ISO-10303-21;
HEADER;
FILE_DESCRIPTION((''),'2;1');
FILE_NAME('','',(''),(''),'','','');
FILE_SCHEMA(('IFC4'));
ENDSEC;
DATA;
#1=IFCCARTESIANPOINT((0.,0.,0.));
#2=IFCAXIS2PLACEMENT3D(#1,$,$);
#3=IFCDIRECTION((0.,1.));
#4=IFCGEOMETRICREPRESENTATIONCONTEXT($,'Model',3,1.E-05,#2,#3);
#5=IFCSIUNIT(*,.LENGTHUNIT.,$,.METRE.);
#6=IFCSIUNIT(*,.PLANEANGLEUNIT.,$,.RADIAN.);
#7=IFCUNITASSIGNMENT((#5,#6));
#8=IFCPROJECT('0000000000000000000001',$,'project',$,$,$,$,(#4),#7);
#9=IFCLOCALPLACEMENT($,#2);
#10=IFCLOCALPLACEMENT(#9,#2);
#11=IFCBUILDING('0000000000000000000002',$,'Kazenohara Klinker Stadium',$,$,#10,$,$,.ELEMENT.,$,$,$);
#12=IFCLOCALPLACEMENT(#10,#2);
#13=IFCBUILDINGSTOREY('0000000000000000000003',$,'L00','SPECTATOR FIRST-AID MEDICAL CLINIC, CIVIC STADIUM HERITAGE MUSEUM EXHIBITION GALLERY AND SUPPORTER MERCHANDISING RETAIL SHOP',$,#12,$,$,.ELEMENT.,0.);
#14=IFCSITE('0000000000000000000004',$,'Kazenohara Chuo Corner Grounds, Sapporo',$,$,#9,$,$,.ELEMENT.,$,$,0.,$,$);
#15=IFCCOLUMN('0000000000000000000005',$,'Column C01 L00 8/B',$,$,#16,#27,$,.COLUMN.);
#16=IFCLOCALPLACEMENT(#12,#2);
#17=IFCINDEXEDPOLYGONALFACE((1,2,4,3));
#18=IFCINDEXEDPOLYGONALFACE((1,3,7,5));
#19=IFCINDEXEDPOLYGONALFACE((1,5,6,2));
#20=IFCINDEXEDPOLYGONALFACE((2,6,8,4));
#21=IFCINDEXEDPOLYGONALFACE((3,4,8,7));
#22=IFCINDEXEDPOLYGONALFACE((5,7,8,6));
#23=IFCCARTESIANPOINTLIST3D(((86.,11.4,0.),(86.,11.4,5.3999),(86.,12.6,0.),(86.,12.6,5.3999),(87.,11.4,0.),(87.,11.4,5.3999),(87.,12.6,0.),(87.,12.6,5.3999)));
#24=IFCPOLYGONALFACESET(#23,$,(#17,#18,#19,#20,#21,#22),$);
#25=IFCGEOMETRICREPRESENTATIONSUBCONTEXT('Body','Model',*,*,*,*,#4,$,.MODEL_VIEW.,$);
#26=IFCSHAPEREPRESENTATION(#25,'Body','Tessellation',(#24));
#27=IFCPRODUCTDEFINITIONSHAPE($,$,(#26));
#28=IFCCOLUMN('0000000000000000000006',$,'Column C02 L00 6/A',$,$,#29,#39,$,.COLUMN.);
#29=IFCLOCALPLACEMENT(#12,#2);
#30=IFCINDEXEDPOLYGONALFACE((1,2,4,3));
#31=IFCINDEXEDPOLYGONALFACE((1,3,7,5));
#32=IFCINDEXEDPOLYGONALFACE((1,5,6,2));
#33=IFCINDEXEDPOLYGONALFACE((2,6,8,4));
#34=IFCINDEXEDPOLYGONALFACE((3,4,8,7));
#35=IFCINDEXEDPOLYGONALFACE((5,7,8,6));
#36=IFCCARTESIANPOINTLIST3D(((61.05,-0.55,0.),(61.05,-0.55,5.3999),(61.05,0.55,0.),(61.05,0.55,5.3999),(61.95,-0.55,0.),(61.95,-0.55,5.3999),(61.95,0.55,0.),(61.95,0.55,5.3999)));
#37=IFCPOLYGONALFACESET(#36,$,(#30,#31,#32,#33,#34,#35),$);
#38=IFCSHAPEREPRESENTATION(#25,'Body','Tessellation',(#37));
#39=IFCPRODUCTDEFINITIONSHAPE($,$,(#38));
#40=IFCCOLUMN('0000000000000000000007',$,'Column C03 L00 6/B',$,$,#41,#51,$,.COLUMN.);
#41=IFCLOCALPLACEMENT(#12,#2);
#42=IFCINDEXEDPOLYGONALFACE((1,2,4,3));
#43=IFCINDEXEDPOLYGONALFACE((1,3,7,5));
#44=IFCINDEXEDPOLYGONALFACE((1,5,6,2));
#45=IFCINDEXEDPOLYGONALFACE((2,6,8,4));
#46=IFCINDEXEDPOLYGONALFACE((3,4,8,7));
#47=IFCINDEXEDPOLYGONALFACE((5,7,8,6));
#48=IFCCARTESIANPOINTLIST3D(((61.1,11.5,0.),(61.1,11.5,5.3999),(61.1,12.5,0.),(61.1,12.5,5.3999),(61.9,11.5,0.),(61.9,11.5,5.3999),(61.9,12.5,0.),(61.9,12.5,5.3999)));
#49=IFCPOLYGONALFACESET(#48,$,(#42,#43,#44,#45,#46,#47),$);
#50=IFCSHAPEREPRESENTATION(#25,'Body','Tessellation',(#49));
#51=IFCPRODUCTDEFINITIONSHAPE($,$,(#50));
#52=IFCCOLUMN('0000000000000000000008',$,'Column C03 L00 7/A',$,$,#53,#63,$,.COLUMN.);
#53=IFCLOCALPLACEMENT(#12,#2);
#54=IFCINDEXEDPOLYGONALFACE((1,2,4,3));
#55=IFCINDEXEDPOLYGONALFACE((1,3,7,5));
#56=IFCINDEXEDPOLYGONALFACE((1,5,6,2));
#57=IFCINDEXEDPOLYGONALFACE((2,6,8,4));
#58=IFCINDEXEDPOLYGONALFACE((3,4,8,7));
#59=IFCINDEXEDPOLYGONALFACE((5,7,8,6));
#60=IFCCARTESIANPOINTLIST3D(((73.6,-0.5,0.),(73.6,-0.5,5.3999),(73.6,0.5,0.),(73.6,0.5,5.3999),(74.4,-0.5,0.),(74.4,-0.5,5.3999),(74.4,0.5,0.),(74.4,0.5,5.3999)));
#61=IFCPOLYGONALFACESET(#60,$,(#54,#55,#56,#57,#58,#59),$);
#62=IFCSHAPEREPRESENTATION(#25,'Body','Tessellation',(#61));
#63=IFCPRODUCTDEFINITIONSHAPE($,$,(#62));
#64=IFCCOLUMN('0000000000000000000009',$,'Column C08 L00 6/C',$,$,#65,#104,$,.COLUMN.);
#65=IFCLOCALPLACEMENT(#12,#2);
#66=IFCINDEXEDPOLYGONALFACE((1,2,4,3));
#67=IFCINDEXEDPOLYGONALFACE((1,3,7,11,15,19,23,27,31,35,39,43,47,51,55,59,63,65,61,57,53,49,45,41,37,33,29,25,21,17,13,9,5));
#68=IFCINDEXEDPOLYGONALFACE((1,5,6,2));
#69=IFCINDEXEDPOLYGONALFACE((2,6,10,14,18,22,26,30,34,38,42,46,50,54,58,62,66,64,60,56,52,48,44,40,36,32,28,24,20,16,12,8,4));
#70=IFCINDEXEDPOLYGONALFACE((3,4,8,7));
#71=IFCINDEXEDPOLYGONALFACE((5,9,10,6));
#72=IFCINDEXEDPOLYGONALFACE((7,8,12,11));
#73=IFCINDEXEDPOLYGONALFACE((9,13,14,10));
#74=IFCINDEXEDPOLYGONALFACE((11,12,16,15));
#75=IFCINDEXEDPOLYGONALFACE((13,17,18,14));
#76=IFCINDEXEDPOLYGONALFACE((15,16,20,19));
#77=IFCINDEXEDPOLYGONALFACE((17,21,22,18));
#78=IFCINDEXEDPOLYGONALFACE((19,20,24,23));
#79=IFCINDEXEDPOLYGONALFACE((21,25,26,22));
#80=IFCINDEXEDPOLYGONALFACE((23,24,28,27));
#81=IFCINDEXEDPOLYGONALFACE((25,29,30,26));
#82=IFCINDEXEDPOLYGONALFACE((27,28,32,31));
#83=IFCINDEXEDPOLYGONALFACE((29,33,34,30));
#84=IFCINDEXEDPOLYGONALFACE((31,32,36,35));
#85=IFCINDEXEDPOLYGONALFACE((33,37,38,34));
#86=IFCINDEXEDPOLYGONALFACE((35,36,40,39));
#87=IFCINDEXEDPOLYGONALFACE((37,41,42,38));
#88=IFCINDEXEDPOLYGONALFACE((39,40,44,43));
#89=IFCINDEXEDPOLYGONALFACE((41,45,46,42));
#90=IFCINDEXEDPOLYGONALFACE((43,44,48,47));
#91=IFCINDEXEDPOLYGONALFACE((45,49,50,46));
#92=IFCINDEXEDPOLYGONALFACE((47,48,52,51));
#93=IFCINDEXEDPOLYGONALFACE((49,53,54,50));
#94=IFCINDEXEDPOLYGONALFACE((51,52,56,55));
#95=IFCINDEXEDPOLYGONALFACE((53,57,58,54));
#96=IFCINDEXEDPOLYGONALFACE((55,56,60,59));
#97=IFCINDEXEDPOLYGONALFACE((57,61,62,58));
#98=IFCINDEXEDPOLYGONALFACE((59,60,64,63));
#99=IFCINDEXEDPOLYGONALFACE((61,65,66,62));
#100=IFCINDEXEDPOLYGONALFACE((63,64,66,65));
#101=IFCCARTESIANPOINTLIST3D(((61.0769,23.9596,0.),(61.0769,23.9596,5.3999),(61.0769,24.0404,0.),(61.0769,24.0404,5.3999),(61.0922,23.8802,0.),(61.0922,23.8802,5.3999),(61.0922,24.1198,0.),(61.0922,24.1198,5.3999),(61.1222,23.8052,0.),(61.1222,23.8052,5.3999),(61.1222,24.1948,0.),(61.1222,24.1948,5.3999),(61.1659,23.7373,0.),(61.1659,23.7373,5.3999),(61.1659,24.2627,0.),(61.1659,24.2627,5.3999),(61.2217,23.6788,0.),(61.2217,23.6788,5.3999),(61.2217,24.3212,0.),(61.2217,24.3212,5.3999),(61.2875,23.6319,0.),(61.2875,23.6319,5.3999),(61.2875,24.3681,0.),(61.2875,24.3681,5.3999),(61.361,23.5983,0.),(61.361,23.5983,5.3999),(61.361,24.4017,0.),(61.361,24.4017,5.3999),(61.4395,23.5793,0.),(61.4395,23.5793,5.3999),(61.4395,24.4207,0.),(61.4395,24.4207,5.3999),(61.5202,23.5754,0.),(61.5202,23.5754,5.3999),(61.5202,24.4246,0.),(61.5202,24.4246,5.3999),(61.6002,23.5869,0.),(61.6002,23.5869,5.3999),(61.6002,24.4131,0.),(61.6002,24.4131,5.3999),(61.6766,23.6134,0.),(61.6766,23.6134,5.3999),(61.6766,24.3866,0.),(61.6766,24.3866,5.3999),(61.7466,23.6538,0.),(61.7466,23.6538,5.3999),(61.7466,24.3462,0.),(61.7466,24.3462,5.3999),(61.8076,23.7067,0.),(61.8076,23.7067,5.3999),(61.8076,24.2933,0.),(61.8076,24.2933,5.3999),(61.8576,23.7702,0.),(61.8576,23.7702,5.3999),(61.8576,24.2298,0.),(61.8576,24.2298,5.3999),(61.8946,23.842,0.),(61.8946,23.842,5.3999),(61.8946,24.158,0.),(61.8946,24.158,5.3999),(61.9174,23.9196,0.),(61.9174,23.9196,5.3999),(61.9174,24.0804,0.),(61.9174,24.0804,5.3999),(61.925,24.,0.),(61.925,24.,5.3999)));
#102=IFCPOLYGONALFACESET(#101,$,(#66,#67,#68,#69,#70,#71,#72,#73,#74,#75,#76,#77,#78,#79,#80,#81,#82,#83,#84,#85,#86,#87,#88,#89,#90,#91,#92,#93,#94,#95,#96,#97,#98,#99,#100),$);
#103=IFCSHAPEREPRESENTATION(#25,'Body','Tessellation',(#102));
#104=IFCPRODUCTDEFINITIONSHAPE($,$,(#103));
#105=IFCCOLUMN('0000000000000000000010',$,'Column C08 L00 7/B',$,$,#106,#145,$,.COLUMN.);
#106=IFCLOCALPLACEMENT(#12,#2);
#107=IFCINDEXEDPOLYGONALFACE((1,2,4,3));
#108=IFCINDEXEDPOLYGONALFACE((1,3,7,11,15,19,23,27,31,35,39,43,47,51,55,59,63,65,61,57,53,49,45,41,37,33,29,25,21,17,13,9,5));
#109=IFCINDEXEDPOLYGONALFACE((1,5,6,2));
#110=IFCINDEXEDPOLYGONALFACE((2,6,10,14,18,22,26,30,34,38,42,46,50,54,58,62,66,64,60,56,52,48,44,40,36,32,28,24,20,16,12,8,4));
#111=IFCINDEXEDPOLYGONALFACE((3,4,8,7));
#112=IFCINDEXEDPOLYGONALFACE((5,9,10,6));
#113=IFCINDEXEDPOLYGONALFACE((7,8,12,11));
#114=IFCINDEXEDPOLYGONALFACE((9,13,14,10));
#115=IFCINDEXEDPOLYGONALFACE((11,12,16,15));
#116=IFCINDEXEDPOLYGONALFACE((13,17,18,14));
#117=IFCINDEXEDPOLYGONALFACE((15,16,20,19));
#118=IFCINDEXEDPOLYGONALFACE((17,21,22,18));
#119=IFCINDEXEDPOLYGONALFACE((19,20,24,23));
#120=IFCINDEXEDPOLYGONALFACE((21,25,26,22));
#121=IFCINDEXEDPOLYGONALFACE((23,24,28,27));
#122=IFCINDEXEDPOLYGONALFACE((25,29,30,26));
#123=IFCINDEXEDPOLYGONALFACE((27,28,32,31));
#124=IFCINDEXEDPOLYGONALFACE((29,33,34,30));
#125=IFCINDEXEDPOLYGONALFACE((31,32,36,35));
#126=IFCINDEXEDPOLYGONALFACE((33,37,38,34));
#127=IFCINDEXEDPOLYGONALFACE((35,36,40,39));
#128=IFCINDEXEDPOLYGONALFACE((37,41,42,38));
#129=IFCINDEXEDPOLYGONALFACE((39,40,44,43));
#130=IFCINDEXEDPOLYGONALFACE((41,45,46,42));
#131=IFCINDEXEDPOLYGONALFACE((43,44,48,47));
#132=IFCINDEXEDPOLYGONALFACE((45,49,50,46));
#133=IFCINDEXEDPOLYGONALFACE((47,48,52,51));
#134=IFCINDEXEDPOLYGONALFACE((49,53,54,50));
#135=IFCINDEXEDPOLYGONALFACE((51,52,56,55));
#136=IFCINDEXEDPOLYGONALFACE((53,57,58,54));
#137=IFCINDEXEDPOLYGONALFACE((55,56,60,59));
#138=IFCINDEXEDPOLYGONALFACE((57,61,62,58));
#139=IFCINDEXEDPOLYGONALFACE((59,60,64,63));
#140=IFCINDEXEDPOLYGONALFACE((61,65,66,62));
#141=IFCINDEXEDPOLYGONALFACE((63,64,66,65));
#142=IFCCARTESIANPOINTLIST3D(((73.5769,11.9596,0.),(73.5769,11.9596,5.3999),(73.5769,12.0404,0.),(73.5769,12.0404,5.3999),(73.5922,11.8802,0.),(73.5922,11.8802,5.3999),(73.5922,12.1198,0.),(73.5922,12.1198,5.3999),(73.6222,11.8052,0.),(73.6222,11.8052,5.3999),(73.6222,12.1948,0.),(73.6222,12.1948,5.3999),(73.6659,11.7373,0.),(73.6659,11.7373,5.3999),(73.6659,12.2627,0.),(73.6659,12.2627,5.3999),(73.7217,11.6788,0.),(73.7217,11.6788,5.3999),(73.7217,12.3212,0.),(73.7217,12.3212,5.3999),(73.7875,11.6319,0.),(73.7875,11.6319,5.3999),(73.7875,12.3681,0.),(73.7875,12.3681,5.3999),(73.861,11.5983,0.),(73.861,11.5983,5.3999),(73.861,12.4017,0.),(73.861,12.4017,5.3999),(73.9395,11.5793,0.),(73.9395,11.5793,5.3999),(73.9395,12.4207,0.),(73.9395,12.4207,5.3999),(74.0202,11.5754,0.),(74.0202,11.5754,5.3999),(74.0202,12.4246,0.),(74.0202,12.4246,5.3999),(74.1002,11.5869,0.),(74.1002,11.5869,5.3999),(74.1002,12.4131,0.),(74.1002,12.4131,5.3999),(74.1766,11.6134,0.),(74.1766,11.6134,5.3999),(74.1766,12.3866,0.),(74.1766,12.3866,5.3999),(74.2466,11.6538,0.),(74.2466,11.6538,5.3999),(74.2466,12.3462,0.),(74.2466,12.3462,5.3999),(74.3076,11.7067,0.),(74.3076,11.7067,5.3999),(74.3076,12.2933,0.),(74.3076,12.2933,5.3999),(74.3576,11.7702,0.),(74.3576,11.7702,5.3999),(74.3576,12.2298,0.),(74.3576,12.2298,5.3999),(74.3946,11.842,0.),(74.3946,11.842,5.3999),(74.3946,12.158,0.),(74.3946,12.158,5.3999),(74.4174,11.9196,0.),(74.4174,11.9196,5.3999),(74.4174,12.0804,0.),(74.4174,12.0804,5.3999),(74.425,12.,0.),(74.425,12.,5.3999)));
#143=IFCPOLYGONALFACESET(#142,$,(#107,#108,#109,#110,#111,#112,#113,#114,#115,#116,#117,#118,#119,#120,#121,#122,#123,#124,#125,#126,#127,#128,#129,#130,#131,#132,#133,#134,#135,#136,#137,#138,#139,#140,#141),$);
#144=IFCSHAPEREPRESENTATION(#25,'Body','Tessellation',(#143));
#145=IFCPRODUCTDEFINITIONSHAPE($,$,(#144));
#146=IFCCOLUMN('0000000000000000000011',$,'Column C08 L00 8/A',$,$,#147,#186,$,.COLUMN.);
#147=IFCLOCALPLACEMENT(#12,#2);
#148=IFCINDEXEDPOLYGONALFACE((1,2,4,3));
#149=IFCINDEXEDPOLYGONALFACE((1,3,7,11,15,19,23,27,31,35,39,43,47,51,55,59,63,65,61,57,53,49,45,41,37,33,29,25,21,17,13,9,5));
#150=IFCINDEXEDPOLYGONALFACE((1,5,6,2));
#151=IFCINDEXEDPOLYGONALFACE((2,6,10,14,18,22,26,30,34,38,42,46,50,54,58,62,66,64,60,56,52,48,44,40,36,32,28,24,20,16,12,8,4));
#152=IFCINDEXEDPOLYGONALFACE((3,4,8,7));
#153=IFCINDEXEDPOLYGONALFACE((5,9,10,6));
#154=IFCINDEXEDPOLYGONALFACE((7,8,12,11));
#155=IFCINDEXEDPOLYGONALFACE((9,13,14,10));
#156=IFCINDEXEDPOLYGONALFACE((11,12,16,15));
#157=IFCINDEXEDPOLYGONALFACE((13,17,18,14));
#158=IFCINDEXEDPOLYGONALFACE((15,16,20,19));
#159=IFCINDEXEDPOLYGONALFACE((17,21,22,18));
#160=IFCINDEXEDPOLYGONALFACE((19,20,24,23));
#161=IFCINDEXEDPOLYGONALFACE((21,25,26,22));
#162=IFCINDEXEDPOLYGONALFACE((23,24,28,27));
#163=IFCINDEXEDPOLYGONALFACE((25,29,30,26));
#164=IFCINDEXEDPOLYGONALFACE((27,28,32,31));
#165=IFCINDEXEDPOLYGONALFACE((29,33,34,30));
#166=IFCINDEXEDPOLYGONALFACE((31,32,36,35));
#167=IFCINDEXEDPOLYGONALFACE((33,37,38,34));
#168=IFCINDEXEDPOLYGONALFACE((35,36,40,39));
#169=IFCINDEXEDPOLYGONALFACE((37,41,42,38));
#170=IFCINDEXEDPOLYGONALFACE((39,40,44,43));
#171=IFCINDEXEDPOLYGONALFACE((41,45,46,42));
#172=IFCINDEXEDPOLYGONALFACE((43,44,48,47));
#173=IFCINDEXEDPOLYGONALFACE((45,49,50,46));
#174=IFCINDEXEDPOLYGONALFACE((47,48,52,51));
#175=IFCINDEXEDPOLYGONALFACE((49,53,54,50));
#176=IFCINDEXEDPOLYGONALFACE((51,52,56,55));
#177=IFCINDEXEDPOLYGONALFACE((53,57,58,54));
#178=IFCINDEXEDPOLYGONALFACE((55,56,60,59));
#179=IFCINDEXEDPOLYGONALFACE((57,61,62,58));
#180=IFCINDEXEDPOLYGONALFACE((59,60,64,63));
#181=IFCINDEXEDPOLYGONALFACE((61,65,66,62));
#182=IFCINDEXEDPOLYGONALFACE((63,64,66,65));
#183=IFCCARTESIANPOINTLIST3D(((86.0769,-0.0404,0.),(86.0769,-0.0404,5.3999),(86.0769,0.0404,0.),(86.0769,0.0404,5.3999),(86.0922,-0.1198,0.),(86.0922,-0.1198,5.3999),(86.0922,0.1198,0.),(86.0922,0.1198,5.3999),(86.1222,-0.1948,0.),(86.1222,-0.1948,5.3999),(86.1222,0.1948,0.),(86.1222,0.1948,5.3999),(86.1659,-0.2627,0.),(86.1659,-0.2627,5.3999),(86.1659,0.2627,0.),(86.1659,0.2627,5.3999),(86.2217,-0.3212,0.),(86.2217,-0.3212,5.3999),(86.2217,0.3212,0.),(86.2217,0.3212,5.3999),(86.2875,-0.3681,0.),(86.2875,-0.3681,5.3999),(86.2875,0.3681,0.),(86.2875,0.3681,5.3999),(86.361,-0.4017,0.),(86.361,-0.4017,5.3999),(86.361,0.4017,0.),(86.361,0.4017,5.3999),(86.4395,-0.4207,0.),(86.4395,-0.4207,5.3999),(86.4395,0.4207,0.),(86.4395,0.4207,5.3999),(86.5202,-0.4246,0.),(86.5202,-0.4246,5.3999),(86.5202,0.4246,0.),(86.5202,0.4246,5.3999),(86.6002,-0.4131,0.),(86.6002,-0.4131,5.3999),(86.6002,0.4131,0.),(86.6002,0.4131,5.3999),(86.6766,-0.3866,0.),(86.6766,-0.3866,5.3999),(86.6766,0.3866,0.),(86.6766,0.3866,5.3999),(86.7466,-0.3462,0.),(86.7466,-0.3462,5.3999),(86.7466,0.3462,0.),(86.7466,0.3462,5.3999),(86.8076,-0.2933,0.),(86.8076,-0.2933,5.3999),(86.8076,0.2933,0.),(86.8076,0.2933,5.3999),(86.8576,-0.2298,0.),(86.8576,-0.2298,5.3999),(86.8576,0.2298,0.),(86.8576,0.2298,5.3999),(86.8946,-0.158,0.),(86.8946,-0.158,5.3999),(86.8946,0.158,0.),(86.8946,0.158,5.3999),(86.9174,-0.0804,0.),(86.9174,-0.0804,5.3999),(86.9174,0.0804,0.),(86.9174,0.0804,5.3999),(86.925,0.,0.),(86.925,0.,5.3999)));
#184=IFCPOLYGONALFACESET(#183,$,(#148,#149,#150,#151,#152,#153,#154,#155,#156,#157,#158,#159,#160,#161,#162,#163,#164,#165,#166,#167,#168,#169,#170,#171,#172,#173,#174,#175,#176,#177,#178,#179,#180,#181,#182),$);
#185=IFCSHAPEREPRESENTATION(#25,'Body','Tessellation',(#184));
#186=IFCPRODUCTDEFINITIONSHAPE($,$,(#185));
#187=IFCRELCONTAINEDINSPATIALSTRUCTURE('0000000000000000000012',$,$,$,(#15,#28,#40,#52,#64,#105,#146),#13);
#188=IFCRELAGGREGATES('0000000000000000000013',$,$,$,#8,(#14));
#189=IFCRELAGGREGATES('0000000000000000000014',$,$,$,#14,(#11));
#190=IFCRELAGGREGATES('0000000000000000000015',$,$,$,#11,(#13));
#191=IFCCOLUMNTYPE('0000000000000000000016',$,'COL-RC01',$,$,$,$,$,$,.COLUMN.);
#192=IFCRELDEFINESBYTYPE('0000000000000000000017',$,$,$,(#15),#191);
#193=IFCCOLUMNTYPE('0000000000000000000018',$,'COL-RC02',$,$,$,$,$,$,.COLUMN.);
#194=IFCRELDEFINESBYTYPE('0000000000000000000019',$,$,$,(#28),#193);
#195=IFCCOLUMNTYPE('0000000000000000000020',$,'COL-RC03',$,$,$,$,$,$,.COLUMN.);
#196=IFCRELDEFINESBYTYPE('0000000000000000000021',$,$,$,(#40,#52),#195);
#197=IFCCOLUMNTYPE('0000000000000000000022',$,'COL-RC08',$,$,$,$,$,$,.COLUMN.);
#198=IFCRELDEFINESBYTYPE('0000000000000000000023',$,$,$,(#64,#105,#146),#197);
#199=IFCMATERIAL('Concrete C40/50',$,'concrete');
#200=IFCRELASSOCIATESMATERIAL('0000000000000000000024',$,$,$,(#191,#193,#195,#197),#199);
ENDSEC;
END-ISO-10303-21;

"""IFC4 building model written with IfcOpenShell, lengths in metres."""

from ifc_helpers import new_model, si_unit, direction, frame, origin, origin_2d, place, context, subcontext, project, spatial, rectangle, circle, extrude, material, material_profile, profile_set, type_object, element, save


model = new_model("IFC4")

# Units and contexts
model_context = context("Model", 3, precision=1e-05, world=origin(), true_north=direction((0.0, 1.0)))
body_context = subcontext(model_context, "Body", "Model", "MODEL_VIEW")
ifc_project = project(units=[si_unit("LENGTHUNIT", "METRE"), si_unit("PLANEANGLEUNIT", "RADIAN")], contexts=[model_context])

# Site, building, storey
site_placement = place(None, origin())
site = spatial("IfcSite", under=ifc_project, at=site_placement, Name="Kazenohara Chuo Corner Grounds, Sapporo", CompositionType="ELEMENT", RefElevation=0.0)
building_placement = place(site_placement, origin())
building = spatial("IfcBuilding", under=site, at=building_placement, Name="Kazenohara Klinker Stadium", CompositionType="ELEMENT")
storey_placement = place(building_placement, origin())
storey = spatial("IfcBuildingStorey", under=building, at=storey_placement, Name="L00", Description="SPECTATOR FIRST-AID MEDICAL CLINIC, CIVIC STADIUM HERITAGE MUSEUM EXHIBITION GALLERY AND SUPPORTER MERCHANDISING RETAIL SHOP", CompositionType="ELEMENT", Elevation=0.0)

# Columns
ifc_material_1 = material(Name="Concrete C40/50", Category="concrete")
ifc_material_profile_1 = material_profile(ifc_material_1, rectangle(XDim=1.0, YDim=1.2, at=origin_2d()), Name="RC-COL-1200x1000")
ifc_profile_set_1 = profile_set([ifc_material_profile_1], Name="Concrete C40/50")
column_type_1 = type_object("IfcColumnType", Name="COL-RC01", PredefinedType="COLUMN", material=ifc_profile_set_1)
column_1_placement = place(storey_placement, frame((86.5, 12.0, 0.0), z_axis=(0.0, 0.0, 1.0), x_axis=(1.0, 0.0, 0.0)))
element("IfcColumn", 1, at=column_1_placement, inside=storey, type_object=column_type_1, Name="Column C01 L00 8/B", PredefinedType="COLUMN", context=body_context, shape_type="SweptSolid", body=[
    extrude(rectangle(XDim=1.0, YDim=1.2, at=origin_2d()), origin(), (0.0, 0.0, 1.0), 5.3999),
])
ifc_material_profile_2 = material_profile(ifc_material_1, rectangle(XDim=0.8999, YDim=1.1001, at=origin_2d()), Name="RC-COL-1100x900")
ifc_profile_set_2 = profile_set([ifc_material_profile_2], Name="Concrete C40/50")
column_type_2 = type_object("IfcColumnType", Name="COL-RC02", PredefinedType="COLUMN", material=ifc_profile_set_2)
column_2_placement = place(storey_placement, frame((61.5, 0.0, 0.0), z_axis=(0.0, 0.0, 1.0), x_axis=(1.0, 0.0, 0.0)))
element("IfcColumn", 2, at=column_2_placement, inside=storey, type_object=column_type_2, Name="Column C02 L00 6/A", PredefinedType="COLUMN", context=body_context, shape_type="SweptSolid", body=[
    extrude(rectangle(XDim=0.8999, YDim=1.1001, at=origin_2d()), origin(), (0.0, 0.0, 1.0), 5.3999),
])
ifc_material_profile_3 = material_profile(ifc_material_1, rectangle(XDim=0.8, YDim=1.0, at=origin_2d()), Name="RC-COL-1000x800")
ifc_profile_set_3 = profile_set([ifc_material_profile_3], Name="Concrete C40/50")
column_type_3 = type_object("IfcColumnType", Name="COL-RC03", PredefinedType="COLUMN", material=ifc_profile_set_3)
for number, where, z_axis, x_axis, name in (
    (3, (61.5, 12.0, 0.0), (0.0, 0.0, 1.0), (1.0, 0.0, 0.0), "Column C03 L00 6/B"),
    (4, (74.0, 0.0, 0.0), (0.0, 0.0, 1.0), (1.0, 0.0, 0.0), "Column C03 L00 7/A"),
):
    element("IfcColumn", number, at=place(storey_placement, frame(where, z_axis=z_axis, x_axis=x_axis)), inside=storey, type_object=column_type_3, Name=name, PredefinedType="COLUMN", context=body_context, shape_type="SweptSolid", body=[
        extrude(rectangle(XDim=0.8, YDim=1.0, at=origin_2d()), origin(), (0.0, 0.0, 1.0), 5.3999),
    ])
ifc_material_profile_4 = material_profile(ifc_material_1, circle(Radius=0.425, at=origin_2d()), Name="RC-COL-D850")
ifc_profile_set_4 = profile_set([ifc_material_profile_4], Name="Concrete C40/50")
column_type_4 = type_object("IfcColumnType", Name="COL-RC08", PredefinedType="COLUMN", material=ifc_profile_set_4)
for number, where, z_axis, x_axis, name in (
    (5, (61.5, 24.0, 0.0), (0.0, 0.0, 1.0), (1.0, 0.0, 0.0), "Column C08 L00 6/C"),
    (6, (74.0, 12.0, 0.0), (0.0, 0.0, 1.0), (1.0, 0.0, 0.0), "Column C08 L00 7/B"),
    (7, (86.5, 0.0, 0.0), (0.0, 0.0, 1.0), (1.0, 0.0, 0.0), "Column C08 L00 8/A"),
):
    element("IfcColumn", number, at=place(storey_placement, frame(where, z_axis=z_axis, x_axis=x_axis)), inside=storey, type_object=column_type_4, Name=name, PredefinedType="COLUMN", context=body_context, shape_type="SweptSolid", body=[
        extrude(circle(Radius=0.425, at=origin_2d()), origin(), (0.0, 0.0, 1.0), 5.3999),
    ])

save(model, "model.ifc")
